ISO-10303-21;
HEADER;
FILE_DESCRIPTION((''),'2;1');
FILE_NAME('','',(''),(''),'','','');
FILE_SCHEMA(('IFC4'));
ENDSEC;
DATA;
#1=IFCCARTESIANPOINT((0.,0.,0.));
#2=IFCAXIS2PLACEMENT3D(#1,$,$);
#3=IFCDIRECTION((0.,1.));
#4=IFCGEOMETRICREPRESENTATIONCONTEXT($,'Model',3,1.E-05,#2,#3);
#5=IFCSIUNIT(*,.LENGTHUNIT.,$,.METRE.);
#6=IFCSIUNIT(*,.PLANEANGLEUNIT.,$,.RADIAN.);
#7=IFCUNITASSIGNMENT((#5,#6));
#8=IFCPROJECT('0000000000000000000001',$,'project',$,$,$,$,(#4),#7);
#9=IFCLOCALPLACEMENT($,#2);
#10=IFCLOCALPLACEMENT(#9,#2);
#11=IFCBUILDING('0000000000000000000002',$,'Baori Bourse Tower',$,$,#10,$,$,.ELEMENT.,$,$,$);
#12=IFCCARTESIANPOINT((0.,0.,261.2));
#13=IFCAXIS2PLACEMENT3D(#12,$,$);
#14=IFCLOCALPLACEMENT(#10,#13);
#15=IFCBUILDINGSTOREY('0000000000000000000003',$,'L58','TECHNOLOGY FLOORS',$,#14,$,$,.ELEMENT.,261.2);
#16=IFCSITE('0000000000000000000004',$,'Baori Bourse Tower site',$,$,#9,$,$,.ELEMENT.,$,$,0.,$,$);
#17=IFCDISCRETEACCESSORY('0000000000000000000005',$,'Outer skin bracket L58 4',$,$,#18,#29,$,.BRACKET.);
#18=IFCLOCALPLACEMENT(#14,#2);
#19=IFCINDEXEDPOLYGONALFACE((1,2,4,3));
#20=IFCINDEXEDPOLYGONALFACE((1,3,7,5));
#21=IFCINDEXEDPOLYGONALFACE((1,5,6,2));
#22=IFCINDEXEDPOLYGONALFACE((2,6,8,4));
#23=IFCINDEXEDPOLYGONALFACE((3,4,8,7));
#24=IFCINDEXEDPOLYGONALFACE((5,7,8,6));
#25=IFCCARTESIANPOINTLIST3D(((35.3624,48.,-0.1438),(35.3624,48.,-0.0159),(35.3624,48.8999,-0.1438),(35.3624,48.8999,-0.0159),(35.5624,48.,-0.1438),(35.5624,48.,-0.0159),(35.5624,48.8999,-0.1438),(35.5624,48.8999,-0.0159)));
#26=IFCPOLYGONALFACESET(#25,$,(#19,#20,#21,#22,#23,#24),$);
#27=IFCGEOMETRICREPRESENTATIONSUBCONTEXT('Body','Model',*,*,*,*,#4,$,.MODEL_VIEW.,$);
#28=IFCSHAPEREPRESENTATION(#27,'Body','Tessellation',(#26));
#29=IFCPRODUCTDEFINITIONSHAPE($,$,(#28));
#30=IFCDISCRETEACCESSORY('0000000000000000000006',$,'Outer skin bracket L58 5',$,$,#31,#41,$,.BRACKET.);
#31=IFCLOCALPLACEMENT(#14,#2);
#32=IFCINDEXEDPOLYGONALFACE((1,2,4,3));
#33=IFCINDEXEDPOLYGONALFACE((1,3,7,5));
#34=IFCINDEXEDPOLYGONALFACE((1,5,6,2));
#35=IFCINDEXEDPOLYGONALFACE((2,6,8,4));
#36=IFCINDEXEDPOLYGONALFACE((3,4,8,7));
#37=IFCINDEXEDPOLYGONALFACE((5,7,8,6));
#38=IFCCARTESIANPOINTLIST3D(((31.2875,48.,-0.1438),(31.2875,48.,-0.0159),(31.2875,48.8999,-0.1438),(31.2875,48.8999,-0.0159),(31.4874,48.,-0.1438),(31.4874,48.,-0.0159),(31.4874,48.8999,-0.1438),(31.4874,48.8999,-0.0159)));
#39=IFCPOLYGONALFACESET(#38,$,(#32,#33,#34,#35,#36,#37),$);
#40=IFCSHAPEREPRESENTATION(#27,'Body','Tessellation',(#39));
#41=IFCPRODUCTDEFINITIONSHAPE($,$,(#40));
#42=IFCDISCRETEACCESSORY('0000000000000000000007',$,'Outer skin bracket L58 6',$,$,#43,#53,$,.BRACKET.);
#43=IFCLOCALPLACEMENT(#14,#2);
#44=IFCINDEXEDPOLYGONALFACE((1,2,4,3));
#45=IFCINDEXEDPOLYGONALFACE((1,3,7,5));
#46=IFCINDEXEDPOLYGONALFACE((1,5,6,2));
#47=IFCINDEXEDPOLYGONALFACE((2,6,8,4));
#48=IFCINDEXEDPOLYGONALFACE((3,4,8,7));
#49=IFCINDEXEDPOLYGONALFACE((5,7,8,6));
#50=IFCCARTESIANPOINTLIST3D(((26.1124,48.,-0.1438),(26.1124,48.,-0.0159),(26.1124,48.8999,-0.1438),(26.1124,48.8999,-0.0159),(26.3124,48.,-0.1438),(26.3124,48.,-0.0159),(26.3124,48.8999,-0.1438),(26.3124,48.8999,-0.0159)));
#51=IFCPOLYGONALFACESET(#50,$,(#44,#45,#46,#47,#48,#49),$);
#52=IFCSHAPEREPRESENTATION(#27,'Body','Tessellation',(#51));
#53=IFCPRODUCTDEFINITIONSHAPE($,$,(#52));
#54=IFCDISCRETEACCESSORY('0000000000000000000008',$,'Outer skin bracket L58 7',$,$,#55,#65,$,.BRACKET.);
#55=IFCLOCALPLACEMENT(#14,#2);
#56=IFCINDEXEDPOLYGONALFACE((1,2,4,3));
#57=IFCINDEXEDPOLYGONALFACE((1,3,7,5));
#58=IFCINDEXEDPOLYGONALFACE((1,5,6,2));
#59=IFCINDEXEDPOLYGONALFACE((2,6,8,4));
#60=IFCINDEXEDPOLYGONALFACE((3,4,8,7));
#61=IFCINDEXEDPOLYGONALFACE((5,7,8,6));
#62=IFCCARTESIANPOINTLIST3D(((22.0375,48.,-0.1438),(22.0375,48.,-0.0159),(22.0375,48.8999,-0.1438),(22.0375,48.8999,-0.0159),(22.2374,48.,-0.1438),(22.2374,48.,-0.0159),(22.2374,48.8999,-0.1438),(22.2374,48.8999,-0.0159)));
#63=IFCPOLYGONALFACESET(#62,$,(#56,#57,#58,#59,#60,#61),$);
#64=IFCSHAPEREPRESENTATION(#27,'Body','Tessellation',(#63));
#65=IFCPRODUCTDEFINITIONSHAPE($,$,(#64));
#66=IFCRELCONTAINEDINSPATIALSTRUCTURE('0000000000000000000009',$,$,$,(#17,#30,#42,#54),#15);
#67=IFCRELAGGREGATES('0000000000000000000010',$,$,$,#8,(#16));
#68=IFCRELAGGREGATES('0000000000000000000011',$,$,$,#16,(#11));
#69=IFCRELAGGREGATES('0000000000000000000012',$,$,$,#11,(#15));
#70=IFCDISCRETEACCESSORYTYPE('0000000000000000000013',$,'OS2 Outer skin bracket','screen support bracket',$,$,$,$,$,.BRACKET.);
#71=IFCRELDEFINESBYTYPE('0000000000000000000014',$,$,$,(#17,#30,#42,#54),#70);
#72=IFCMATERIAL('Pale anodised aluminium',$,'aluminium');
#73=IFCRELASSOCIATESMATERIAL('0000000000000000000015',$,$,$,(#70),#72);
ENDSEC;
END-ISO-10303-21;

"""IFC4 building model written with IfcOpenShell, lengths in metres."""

from ifc_helpers import new_model, si_unit, direction, frame, origin, origin_2d, place, context, subcontext, project, spatial, rectangle, extrude, material, type_object, element, save


model = new_model("IFC4")

# Units and contexts
model_context = context("Model", 3, precision=1e-05, world=origin(), true_north=direction((0.0, 1.0)))
body_context = subcontext(model_context, "Body", "Model", "MODEL_VIEW")
ifc_project = project(units=[si_unit("LENGTHUNIT", "METRE"), si_unit("PLANEANGLEUNIT", "RADIAN")], contexts=[model_context])

# Site, building, storey
site_placement = place(None, origin())
site = spatial("IfcSite", under=ifc_project, at=site_placement, Name="Baori Bourse Tower site", CompositionType="ELEMENT", RefElevation=0.0)
building_placement = place(site_placement, origin())
building = spatial("IfcBuilding", under=site, at=building_placement, Name="Baori Bourse Tower", CompositionType="ELEMENT")
storey_placement = place(building_placement, frame((0.0, 0.0, 261.2)))
storey = spatial("IfcBuildingStorey", under=building, at=storey_placement, Name="L58", Description="TECHNOLOGY FLOORS", CompositionType="ELEMENT", Elevation=261.2)

# Discrete accessories
ifc_material_1 = material(Name="Pale anodised aluminium", Category="aluminium")
discrete_accessory_type = type_object("IfcDiscreteAccessoryType", Name="OS2 Outer skin bracket", Description="screen support bracket", PredefinedType="BRACKET", material=ifc_material_1)
for number, where, z_axis, x_axis, name in (
    (1, (35.4624, 48.45, -0.1438), (0.0, 0.0, 1.0), (-1.0, 0.0, 0.0), "Outer skin bracket L58 4"),
    (2, (31.3875, 48.45, -0.1438), (0.0, 0.0, 1.0), (-1.0, 0.0, 0.0), "Outer skin bracket L58 5"),
    (3, (26.2124, 48.45, -0.1438), (0.0, 0.0, 1.0), (-1.0, 0.0, 0.0), "Outer skin bracket L58 6"),
    (4, (22.1375, 48.45, -0.1438), (0.0, 0.0, 1.0), (-1.0, 0.0, 0.0), "Outer skin bracket L58 7"),
):
    element("IfcDiscreteAccessory", number, at=place(storey_placement, frame(where, z_axis=z_axis, x_axis=x_axis)), inside=storey, type_object=discrete_accessory_type, Name=name, PredefinedType="BRACKET", context=body_context, shape_type="SweptSolid", body=[
        extrude(rectangle(XDim=0.2, YDim=0.8999, at=origin_2d()), origin(), (0.0, 0.0, 1.0), 0.1279),
    ])

save(model, "model.ifc")
